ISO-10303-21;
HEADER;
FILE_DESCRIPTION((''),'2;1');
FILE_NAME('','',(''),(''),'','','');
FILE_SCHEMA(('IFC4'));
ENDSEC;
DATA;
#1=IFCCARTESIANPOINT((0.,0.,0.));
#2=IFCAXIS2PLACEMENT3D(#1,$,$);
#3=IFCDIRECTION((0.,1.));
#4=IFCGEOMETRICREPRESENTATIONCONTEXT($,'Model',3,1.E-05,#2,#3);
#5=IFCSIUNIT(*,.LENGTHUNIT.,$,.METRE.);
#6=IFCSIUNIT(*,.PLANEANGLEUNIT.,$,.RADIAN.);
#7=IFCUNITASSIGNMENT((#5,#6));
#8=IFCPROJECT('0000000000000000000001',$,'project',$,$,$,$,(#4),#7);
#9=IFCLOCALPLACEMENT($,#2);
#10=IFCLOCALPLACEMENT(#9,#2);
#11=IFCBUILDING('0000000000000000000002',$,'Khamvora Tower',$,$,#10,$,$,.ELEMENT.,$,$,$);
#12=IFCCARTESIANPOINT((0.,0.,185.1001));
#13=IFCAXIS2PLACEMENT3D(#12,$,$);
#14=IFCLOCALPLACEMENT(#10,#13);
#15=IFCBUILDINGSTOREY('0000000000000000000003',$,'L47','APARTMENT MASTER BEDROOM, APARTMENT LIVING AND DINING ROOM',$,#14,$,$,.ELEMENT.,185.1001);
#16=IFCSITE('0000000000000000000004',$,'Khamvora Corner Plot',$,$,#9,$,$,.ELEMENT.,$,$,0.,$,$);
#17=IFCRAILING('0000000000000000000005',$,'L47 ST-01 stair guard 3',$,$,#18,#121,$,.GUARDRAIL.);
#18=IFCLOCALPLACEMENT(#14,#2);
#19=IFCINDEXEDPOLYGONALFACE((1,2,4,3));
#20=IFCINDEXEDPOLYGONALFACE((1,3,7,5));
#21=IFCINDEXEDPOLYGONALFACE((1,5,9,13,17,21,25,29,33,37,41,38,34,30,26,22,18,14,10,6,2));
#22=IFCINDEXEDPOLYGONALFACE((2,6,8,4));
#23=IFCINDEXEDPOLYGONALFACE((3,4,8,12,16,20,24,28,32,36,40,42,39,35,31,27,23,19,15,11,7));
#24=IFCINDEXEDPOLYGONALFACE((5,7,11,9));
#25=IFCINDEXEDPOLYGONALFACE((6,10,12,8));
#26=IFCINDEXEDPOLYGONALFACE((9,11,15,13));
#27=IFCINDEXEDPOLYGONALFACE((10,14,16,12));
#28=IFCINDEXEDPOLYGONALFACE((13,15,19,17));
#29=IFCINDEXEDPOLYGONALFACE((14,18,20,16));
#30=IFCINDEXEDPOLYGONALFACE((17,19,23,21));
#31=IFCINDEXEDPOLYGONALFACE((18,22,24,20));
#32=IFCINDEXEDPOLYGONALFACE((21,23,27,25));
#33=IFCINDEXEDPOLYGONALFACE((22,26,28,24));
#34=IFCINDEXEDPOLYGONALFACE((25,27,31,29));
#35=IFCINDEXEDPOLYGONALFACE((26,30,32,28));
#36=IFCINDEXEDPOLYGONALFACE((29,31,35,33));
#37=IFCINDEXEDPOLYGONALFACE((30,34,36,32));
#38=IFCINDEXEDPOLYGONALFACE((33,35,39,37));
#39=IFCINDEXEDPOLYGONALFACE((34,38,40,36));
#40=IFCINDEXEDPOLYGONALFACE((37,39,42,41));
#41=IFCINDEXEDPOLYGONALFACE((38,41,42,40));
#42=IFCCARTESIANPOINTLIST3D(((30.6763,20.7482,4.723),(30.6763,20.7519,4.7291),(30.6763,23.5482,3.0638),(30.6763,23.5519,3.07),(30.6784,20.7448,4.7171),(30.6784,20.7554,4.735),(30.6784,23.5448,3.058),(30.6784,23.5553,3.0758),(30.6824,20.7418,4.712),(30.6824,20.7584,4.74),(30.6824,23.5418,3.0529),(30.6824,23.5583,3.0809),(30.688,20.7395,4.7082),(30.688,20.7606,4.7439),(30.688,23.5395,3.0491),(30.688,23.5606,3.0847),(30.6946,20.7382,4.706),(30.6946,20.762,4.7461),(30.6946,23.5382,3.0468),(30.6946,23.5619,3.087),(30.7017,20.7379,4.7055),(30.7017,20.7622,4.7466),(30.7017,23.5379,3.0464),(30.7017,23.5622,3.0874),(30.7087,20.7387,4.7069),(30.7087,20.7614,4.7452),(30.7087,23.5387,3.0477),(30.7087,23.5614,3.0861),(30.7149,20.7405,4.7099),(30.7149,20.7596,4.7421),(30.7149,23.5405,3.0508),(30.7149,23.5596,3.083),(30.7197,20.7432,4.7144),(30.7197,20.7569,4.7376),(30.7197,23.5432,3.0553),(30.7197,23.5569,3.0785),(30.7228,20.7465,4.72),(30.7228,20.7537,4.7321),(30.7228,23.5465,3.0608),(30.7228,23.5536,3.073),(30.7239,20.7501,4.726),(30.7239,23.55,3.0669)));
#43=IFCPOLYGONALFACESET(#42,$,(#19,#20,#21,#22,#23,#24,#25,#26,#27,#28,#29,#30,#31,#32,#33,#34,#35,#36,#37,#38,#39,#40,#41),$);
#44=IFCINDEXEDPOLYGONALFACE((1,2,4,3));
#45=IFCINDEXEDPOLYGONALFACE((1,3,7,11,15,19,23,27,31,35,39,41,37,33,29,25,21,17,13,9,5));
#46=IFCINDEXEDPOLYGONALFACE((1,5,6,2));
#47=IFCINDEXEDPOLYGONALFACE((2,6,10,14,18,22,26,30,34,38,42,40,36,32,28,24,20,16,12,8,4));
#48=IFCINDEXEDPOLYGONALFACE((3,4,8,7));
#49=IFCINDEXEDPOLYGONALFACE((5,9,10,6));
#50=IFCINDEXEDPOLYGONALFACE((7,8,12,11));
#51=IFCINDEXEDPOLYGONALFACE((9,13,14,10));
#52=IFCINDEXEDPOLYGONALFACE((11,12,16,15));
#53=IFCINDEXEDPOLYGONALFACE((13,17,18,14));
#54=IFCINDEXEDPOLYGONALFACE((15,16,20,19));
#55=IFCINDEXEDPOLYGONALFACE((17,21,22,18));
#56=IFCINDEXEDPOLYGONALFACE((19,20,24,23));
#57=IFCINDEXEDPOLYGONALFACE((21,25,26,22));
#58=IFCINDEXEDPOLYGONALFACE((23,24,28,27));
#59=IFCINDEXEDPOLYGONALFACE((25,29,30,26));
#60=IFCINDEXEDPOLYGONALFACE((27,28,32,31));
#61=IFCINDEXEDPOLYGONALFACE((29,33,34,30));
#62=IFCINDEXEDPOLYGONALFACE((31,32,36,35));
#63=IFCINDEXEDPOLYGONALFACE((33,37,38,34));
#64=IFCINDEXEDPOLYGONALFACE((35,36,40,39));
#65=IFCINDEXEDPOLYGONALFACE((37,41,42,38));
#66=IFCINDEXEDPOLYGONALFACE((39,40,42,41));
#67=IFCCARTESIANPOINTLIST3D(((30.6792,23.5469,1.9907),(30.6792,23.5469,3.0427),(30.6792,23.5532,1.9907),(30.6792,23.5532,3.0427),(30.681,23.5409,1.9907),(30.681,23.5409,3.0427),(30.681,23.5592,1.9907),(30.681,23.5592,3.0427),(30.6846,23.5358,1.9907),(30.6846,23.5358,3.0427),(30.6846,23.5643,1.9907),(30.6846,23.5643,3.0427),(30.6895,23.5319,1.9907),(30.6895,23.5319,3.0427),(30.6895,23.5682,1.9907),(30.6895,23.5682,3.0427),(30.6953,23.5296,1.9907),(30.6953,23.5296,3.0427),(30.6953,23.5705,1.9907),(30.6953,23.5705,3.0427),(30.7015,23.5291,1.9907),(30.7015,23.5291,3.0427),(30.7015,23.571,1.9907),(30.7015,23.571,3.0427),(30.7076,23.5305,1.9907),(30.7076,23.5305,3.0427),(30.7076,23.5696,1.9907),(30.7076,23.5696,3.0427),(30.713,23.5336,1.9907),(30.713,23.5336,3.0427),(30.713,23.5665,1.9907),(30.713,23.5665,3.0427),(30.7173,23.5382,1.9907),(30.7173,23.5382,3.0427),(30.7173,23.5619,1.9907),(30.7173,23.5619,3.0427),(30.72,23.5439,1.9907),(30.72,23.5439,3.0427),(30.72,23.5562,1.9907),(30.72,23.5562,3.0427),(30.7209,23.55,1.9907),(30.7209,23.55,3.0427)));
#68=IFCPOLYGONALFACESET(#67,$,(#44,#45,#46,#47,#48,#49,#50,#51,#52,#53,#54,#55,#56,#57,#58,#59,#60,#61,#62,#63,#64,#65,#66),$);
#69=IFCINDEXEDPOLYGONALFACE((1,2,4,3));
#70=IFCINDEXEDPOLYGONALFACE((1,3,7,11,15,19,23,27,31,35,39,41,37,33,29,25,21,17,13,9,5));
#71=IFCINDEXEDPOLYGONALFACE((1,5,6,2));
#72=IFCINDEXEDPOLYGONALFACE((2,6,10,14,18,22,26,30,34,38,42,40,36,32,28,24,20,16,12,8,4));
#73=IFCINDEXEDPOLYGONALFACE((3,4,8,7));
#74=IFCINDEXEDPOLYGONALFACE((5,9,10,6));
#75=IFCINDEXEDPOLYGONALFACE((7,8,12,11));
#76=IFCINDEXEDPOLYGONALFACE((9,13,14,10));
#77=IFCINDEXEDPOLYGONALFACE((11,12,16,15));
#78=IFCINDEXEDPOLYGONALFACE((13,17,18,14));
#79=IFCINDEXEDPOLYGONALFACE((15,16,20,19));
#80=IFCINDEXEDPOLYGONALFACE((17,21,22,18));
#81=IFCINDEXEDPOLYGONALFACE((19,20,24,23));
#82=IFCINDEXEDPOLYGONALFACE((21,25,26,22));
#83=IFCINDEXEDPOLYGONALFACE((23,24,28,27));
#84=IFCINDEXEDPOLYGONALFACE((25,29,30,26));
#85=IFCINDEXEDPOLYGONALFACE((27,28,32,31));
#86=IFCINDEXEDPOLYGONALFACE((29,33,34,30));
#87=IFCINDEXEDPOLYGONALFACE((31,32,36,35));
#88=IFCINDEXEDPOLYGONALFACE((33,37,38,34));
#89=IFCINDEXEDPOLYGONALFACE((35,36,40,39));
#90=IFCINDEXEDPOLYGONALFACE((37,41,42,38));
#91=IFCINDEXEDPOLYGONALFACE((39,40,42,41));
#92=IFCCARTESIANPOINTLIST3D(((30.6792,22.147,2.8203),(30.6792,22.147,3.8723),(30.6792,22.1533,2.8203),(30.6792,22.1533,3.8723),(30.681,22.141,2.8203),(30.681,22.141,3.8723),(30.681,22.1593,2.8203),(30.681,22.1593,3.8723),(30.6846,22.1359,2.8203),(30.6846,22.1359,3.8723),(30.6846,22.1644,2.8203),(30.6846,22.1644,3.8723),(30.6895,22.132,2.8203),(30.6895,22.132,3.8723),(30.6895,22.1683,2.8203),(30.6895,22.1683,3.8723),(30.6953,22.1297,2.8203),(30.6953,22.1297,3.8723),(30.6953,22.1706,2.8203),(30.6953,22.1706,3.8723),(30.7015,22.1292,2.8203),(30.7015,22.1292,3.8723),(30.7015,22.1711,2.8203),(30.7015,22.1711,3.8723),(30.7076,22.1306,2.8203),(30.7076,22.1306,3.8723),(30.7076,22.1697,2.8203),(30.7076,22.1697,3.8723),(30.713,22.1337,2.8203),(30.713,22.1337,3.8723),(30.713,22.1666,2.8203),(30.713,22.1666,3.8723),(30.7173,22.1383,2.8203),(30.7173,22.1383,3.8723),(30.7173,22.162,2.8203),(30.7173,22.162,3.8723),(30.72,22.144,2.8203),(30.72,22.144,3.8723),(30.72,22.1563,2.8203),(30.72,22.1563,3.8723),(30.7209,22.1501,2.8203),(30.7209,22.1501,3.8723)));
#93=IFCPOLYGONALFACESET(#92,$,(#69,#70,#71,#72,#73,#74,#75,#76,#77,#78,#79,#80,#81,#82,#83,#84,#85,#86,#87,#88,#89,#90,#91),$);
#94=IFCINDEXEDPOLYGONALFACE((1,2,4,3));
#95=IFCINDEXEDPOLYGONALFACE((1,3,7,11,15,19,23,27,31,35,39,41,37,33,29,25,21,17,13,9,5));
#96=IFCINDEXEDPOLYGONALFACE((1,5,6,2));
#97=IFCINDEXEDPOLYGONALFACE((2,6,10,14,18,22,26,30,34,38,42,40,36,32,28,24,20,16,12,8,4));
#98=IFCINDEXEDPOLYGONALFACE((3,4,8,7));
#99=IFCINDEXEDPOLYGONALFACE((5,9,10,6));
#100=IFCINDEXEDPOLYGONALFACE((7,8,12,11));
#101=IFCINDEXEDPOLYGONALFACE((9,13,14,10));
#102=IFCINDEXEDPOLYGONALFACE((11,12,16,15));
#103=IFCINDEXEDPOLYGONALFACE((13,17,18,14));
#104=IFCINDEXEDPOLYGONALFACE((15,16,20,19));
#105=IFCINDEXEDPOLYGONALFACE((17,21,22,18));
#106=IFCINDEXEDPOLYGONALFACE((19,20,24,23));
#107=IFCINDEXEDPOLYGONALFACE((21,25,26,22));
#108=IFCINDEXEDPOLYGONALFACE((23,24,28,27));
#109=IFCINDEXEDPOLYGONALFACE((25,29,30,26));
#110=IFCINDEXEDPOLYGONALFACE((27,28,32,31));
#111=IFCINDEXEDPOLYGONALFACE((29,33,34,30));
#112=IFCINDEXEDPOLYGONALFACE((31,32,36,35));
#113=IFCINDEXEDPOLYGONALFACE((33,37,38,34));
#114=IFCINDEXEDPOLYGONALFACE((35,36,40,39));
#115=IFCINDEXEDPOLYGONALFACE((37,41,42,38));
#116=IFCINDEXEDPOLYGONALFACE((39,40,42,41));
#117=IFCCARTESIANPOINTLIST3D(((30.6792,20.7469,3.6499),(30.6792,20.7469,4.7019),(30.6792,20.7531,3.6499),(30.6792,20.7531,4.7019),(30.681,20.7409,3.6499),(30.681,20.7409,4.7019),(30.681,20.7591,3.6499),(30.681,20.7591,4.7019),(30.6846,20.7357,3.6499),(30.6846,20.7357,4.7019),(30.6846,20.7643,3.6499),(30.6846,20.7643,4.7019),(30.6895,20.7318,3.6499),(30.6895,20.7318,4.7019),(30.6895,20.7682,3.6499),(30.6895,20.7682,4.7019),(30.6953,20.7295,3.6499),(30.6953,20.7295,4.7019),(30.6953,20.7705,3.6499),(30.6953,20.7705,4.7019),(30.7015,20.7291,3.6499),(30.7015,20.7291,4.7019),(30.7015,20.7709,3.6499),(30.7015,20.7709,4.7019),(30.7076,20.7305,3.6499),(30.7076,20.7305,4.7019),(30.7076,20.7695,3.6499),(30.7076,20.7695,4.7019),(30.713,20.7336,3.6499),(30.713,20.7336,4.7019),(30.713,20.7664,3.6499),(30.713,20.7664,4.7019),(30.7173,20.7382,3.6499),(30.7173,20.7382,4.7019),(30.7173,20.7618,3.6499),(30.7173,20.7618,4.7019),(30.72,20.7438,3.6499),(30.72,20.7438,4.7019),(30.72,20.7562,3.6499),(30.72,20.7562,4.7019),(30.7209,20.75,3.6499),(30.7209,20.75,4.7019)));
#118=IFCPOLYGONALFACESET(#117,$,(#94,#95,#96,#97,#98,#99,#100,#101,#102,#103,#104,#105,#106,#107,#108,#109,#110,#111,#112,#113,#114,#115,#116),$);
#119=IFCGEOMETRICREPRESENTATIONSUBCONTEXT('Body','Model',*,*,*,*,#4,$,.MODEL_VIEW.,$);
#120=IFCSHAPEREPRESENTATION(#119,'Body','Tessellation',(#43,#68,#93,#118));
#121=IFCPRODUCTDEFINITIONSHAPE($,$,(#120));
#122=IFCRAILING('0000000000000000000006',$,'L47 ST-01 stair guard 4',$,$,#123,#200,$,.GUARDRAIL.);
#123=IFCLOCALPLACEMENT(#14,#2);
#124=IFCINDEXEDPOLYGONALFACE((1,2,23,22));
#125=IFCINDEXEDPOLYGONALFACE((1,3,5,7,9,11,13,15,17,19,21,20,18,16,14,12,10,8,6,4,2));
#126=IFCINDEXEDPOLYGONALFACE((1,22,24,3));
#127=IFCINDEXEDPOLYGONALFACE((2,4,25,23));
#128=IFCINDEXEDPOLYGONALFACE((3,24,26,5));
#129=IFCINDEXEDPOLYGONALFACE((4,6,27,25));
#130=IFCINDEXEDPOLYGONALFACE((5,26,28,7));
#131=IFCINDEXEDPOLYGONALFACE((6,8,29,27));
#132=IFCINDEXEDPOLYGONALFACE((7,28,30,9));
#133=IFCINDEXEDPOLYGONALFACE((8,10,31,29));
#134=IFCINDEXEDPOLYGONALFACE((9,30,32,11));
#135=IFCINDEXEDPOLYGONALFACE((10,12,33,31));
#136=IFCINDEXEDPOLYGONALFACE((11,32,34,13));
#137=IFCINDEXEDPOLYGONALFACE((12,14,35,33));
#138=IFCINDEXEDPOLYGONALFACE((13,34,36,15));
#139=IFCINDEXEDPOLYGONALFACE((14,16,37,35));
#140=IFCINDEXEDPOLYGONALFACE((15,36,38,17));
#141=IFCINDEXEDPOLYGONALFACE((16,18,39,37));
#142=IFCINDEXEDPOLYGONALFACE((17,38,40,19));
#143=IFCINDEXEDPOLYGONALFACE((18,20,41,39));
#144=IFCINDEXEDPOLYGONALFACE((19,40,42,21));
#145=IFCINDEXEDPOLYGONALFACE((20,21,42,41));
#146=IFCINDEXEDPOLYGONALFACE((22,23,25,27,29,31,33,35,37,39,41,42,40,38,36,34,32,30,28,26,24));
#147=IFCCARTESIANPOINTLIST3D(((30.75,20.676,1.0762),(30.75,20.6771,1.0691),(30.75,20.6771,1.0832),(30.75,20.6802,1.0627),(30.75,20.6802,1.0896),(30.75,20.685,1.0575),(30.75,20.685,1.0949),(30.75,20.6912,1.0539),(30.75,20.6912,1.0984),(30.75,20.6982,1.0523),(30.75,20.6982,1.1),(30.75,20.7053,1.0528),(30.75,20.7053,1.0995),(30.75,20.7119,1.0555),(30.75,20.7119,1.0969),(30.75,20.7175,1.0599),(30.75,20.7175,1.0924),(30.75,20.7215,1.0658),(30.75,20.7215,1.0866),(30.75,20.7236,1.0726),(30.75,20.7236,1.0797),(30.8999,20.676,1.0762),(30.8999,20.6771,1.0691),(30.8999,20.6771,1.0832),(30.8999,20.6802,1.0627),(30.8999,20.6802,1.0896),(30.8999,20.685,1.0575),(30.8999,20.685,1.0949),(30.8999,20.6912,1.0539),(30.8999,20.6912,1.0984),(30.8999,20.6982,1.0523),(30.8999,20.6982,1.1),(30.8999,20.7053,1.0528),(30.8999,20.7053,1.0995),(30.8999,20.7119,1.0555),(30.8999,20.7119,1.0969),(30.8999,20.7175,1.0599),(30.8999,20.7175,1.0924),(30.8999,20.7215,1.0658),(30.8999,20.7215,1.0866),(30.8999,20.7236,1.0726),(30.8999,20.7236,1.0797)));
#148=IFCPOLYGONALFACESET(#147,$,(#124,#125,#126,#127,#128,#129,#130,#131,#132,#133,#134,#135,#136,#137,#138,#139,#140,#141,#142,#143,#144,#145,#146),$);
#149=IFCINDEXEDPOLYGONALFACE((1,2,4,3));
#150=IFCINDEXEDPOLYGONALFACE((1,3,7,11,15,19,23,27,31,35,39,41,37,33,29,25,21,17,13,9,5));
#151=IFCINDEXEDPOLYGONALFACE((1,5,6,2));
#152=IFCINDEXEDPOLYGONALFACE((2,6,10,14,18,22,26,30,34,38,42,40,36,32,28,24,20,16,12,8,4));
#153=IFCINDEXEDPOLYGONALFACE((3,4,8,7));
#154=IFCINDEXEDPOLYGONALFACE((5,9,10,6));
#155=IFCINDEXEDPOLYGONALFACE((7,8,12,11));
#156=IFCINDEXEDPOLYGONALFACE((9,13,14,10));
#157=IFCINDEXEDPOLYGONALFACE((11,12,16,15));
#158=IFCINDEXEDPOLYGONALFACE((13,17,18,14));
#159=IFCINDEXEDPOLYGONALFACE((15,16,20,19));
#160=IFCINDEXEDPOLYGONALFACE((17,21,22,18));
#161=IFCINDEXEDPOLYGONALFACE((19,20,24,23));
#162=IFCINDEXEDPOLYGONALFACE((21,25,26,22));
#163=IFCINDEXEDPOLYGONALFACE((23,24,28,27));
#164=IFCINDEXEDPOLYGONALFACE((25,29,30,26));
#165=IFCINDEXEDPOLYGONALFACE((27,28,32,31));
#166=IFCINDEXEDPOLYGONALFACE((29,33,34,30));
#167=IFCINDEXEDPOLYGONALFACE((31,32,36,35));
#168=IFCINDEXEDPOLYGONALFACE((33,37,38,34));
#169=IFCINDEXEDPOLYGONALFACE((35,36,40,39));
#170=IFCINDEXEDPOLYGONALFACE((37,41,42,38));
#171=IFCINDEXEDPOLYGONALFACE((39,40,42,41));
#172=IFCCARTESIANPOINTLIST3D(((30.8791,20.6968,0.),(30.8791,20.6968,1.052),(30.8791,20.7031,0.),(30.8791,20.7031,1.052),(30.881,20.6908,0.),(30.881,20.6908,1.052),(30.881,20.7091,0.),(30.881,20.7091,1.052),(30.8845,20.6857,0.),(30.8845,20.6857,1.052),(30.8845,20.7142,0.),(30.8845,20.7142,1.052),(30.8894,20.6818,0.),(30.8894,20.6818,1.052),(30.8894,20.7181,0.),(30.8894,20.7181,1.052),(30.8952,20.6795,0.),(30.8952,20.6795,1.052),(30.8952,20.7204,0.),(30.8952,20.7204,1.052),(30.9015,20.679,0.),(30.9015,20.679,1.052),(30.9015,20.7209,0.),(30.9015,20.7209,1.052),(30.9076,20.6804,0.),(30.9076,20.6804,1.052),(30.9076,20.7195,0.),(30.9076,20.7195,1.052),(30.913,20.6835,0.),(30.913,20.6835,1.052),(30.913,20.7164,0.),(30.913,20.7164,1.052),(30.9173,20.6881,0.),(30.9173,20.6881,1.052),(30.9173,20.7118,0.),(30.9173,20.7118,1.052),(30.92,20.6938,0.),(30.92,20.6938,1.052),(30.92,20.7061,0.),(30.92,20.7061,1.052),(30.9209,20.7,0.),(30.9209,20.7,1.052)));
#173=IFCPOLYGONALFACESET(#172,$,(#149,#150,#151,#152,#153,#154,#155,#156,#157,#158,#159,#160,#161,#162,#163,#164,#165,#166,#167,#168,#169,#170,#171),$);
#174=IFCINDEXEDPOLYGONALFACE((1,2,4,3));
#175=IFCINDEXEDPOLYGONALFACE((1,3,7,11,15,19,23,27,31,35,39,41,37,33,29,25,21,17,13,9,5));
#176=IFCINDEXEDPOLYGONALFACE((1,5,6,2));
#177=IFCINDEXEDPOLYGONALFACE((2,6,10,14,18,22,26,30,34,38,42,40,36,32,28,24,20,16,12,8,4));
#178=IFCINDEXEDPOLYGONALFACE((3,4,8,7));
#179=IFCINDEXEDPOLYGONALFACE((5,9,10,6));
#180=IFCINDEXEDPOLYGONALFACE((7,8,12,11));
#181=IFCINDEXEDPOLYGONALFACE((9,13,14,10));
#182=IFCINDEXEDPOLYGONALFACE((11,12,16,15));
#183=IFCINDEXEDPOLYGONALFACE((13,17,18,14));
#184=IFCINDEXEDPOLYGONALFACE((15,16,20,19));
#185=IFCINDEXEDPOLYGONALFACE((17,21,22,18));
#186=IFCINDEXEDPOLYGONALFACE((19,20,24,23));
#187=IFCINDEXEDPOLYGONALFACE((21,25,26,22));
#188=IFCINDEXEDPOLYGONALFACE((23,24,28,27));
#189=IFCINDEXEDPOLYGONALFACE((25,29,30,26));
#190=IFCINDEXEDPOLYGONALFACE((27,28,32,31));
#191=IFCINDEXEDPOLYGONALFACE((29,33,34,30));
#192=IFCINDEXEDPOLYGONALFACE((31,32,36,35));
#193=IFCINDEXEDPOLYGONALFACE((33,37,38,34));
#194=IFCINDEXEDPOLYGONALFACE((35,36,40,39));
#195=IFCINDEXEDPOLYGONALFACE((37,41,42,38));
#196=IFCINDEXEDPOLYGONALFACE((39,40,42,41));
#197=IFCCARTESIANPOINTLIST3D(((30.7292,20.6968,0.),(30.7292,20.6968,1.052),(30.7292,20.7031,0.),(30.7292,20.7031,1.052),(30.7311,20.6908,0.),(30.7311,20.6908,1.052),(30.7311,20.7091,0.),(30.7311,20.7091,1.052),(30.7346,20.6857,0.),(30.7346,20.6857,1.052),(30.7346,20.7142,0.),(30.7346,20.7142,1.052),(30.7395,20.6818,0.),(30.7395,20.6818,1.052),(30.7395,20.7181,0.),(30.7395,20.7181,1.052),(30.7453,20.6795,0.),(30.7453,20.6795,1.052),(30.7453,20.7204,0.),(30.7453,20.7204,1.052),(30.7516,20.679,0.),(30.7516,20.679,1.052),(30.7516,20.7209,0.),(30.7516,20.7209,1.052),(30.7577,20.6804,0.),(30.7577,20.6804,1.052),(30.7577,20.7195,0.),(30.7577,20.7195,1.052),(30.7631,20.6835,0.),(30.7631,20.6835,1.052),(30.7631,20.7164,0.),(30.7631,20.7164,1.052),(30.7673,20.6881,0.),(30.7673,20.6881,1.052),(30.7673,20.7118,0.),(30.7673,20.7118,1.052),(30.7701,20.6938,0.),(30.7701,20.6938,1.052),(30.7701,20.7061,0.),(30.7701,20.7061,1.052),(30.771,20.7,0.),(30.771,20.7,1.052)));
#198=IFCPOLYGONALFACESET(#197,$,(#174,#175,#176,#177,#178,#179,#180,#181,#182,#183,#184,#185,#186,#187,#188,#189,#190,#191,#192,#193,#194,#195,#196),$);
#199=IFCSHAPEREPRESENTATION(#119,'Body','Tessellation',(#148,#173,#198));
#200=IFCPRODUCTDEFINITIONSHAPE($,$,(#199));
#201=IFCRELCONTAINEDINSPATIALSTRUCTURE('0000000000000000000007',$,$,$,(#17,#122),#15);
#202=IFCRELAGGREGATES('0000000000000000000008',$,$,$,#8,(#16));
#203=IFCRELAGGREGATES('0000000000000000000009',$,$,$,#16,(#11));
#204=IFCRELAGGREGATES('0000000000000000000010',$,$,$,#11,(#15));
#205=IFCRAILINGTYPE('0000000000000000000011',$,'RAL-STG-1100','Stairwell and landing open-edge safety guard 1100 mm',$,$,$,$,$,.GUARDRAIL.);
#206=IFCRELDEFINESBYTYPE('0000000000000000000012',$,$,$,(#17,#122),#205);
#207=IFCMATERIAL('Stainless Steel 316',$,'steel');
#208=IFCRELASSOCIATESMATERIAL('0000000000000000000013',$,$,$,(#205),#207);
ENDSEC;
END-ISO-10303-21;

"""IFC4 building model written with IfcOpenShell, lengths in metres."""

from ifc_helpers import new_model, si_unit, direction, frame, origin, origin_2d, place, context, subcontext, project, spatial, circle, extrude, material, type_object, element, save


model = new_model("IFC4")

# Units and contexts
model_context = context("Model", 3, precision=1e-05, world=origin(), true_north=direction((0.0, 1.0)))
body_context = subcontext(model_context, "Body", "Model", "MODEL_VIEW")
ifc_project = project(units=[si_unit("LENGTHUNIT", "METRE"), si_unit("PLANEANGLEUNIT", "RADIAN")], contexts=[model_context])

# Site, building, storey
site_placement = place(None, origin())
site = spatial("IfcSite", under=ifc_project, at=site_placement, Name="Khamvora Corner Plot", CompositionType="ELEMENT", RefElevation=0.0)
building_placement = place(site_placement, origin())
building = spatial("IfcBuilding", under=site, at=building_placement, Name="Khamvora Tower", CompositionType="ELEMENT")
storey_placement = place(building_placement, frame((0.0, 0.0, 185.1001)))
storey = spatial("IfcBuildingStorey", under=building, at=storey_placement, Name="L47", Description="APARTMENT MASTER BEDROOM, APARTMENT LIVING AND DINING ROOM", CompositionType="ELEMENT", Elevation=185.1001)

# Railings
ifc_material_1 = material(Name="Stainless Steel 316", Category="steel")
railing_type_1 = type_object("IfcRailingType", Name="RAL-STG-1100", Description="Stairwell and landing open-edge safety guard 1100 mm", PredefinedType="GUARDRAIL", material=ifc_material_1)
railing_1_placement = place(storey_placement, frame((30.7, 23.55, 1.9907)))
element("IfcRailing", 1, at=railing_1_placement, inside=storey, type_object=railing_type_1, Name="L47 ST-01 stair guard 3", PredefinedType="GUARDRAIL", context=body_context, shape_type="SweptSolid", body=[
    extrude(circle(Radius=0.0239, at=origin_2d()), frame((0.0, 0.0, 1.0762), z_axis=(0.0, -0.860306, 0.509778), x_axis=(1.0, 0.0, 0.0)), (0.0, 0.0, 1.0), 3.2546),
    extrude(circle(Radius=0.021, at=origin_2d()), origin(), (0.0, 0.0, 1.0), 1.052),
    extrude(circle(Radius=0.021, at=origin_2d()), frame((0.0, -1.3999, 0.8296)), (0.0, 0.0, 1.0), 1.052),
    extrude(circle(Radius=0.021, at=origin_2d()), frame((0.0, -2.8, 1.6592)), (0.0, 0.0, 1.0), 1.052),
])
railing_2_placement = place(storey_placement, frame((30.8999, 20.7, 0.0)))
element("IfcRailing", 2, at=railing_2_placement, inside=storey, type_object=railing_type_1, Name="L47 ST-01 stair guard 4", PredefinedType="GUARDRAIL", context=body_context, shape_type="SweptSolid", body=[
    extrude(circle(Radius=0.0239, at=origin_2d()), frame((0.0, 0.0, 1.0762), z_axis=(-1.0, 0.0, 0.0), x_axis=(0.0, -1.0, 0.0)), (0.0, 0.0, 1.0), 0.1499),
    extrude(circle(Radius=0.021, at=origin_2d()), origin(), (0.0, 0.0, 1.0), 1.052),
    extrude(circle(Radius=0.021, at=origin_2d()), frame((-0.1499, 0.0, 0.0)), (0.0, 0.0, 1.0), 1.052),
])

save(model, "model.ifc")
